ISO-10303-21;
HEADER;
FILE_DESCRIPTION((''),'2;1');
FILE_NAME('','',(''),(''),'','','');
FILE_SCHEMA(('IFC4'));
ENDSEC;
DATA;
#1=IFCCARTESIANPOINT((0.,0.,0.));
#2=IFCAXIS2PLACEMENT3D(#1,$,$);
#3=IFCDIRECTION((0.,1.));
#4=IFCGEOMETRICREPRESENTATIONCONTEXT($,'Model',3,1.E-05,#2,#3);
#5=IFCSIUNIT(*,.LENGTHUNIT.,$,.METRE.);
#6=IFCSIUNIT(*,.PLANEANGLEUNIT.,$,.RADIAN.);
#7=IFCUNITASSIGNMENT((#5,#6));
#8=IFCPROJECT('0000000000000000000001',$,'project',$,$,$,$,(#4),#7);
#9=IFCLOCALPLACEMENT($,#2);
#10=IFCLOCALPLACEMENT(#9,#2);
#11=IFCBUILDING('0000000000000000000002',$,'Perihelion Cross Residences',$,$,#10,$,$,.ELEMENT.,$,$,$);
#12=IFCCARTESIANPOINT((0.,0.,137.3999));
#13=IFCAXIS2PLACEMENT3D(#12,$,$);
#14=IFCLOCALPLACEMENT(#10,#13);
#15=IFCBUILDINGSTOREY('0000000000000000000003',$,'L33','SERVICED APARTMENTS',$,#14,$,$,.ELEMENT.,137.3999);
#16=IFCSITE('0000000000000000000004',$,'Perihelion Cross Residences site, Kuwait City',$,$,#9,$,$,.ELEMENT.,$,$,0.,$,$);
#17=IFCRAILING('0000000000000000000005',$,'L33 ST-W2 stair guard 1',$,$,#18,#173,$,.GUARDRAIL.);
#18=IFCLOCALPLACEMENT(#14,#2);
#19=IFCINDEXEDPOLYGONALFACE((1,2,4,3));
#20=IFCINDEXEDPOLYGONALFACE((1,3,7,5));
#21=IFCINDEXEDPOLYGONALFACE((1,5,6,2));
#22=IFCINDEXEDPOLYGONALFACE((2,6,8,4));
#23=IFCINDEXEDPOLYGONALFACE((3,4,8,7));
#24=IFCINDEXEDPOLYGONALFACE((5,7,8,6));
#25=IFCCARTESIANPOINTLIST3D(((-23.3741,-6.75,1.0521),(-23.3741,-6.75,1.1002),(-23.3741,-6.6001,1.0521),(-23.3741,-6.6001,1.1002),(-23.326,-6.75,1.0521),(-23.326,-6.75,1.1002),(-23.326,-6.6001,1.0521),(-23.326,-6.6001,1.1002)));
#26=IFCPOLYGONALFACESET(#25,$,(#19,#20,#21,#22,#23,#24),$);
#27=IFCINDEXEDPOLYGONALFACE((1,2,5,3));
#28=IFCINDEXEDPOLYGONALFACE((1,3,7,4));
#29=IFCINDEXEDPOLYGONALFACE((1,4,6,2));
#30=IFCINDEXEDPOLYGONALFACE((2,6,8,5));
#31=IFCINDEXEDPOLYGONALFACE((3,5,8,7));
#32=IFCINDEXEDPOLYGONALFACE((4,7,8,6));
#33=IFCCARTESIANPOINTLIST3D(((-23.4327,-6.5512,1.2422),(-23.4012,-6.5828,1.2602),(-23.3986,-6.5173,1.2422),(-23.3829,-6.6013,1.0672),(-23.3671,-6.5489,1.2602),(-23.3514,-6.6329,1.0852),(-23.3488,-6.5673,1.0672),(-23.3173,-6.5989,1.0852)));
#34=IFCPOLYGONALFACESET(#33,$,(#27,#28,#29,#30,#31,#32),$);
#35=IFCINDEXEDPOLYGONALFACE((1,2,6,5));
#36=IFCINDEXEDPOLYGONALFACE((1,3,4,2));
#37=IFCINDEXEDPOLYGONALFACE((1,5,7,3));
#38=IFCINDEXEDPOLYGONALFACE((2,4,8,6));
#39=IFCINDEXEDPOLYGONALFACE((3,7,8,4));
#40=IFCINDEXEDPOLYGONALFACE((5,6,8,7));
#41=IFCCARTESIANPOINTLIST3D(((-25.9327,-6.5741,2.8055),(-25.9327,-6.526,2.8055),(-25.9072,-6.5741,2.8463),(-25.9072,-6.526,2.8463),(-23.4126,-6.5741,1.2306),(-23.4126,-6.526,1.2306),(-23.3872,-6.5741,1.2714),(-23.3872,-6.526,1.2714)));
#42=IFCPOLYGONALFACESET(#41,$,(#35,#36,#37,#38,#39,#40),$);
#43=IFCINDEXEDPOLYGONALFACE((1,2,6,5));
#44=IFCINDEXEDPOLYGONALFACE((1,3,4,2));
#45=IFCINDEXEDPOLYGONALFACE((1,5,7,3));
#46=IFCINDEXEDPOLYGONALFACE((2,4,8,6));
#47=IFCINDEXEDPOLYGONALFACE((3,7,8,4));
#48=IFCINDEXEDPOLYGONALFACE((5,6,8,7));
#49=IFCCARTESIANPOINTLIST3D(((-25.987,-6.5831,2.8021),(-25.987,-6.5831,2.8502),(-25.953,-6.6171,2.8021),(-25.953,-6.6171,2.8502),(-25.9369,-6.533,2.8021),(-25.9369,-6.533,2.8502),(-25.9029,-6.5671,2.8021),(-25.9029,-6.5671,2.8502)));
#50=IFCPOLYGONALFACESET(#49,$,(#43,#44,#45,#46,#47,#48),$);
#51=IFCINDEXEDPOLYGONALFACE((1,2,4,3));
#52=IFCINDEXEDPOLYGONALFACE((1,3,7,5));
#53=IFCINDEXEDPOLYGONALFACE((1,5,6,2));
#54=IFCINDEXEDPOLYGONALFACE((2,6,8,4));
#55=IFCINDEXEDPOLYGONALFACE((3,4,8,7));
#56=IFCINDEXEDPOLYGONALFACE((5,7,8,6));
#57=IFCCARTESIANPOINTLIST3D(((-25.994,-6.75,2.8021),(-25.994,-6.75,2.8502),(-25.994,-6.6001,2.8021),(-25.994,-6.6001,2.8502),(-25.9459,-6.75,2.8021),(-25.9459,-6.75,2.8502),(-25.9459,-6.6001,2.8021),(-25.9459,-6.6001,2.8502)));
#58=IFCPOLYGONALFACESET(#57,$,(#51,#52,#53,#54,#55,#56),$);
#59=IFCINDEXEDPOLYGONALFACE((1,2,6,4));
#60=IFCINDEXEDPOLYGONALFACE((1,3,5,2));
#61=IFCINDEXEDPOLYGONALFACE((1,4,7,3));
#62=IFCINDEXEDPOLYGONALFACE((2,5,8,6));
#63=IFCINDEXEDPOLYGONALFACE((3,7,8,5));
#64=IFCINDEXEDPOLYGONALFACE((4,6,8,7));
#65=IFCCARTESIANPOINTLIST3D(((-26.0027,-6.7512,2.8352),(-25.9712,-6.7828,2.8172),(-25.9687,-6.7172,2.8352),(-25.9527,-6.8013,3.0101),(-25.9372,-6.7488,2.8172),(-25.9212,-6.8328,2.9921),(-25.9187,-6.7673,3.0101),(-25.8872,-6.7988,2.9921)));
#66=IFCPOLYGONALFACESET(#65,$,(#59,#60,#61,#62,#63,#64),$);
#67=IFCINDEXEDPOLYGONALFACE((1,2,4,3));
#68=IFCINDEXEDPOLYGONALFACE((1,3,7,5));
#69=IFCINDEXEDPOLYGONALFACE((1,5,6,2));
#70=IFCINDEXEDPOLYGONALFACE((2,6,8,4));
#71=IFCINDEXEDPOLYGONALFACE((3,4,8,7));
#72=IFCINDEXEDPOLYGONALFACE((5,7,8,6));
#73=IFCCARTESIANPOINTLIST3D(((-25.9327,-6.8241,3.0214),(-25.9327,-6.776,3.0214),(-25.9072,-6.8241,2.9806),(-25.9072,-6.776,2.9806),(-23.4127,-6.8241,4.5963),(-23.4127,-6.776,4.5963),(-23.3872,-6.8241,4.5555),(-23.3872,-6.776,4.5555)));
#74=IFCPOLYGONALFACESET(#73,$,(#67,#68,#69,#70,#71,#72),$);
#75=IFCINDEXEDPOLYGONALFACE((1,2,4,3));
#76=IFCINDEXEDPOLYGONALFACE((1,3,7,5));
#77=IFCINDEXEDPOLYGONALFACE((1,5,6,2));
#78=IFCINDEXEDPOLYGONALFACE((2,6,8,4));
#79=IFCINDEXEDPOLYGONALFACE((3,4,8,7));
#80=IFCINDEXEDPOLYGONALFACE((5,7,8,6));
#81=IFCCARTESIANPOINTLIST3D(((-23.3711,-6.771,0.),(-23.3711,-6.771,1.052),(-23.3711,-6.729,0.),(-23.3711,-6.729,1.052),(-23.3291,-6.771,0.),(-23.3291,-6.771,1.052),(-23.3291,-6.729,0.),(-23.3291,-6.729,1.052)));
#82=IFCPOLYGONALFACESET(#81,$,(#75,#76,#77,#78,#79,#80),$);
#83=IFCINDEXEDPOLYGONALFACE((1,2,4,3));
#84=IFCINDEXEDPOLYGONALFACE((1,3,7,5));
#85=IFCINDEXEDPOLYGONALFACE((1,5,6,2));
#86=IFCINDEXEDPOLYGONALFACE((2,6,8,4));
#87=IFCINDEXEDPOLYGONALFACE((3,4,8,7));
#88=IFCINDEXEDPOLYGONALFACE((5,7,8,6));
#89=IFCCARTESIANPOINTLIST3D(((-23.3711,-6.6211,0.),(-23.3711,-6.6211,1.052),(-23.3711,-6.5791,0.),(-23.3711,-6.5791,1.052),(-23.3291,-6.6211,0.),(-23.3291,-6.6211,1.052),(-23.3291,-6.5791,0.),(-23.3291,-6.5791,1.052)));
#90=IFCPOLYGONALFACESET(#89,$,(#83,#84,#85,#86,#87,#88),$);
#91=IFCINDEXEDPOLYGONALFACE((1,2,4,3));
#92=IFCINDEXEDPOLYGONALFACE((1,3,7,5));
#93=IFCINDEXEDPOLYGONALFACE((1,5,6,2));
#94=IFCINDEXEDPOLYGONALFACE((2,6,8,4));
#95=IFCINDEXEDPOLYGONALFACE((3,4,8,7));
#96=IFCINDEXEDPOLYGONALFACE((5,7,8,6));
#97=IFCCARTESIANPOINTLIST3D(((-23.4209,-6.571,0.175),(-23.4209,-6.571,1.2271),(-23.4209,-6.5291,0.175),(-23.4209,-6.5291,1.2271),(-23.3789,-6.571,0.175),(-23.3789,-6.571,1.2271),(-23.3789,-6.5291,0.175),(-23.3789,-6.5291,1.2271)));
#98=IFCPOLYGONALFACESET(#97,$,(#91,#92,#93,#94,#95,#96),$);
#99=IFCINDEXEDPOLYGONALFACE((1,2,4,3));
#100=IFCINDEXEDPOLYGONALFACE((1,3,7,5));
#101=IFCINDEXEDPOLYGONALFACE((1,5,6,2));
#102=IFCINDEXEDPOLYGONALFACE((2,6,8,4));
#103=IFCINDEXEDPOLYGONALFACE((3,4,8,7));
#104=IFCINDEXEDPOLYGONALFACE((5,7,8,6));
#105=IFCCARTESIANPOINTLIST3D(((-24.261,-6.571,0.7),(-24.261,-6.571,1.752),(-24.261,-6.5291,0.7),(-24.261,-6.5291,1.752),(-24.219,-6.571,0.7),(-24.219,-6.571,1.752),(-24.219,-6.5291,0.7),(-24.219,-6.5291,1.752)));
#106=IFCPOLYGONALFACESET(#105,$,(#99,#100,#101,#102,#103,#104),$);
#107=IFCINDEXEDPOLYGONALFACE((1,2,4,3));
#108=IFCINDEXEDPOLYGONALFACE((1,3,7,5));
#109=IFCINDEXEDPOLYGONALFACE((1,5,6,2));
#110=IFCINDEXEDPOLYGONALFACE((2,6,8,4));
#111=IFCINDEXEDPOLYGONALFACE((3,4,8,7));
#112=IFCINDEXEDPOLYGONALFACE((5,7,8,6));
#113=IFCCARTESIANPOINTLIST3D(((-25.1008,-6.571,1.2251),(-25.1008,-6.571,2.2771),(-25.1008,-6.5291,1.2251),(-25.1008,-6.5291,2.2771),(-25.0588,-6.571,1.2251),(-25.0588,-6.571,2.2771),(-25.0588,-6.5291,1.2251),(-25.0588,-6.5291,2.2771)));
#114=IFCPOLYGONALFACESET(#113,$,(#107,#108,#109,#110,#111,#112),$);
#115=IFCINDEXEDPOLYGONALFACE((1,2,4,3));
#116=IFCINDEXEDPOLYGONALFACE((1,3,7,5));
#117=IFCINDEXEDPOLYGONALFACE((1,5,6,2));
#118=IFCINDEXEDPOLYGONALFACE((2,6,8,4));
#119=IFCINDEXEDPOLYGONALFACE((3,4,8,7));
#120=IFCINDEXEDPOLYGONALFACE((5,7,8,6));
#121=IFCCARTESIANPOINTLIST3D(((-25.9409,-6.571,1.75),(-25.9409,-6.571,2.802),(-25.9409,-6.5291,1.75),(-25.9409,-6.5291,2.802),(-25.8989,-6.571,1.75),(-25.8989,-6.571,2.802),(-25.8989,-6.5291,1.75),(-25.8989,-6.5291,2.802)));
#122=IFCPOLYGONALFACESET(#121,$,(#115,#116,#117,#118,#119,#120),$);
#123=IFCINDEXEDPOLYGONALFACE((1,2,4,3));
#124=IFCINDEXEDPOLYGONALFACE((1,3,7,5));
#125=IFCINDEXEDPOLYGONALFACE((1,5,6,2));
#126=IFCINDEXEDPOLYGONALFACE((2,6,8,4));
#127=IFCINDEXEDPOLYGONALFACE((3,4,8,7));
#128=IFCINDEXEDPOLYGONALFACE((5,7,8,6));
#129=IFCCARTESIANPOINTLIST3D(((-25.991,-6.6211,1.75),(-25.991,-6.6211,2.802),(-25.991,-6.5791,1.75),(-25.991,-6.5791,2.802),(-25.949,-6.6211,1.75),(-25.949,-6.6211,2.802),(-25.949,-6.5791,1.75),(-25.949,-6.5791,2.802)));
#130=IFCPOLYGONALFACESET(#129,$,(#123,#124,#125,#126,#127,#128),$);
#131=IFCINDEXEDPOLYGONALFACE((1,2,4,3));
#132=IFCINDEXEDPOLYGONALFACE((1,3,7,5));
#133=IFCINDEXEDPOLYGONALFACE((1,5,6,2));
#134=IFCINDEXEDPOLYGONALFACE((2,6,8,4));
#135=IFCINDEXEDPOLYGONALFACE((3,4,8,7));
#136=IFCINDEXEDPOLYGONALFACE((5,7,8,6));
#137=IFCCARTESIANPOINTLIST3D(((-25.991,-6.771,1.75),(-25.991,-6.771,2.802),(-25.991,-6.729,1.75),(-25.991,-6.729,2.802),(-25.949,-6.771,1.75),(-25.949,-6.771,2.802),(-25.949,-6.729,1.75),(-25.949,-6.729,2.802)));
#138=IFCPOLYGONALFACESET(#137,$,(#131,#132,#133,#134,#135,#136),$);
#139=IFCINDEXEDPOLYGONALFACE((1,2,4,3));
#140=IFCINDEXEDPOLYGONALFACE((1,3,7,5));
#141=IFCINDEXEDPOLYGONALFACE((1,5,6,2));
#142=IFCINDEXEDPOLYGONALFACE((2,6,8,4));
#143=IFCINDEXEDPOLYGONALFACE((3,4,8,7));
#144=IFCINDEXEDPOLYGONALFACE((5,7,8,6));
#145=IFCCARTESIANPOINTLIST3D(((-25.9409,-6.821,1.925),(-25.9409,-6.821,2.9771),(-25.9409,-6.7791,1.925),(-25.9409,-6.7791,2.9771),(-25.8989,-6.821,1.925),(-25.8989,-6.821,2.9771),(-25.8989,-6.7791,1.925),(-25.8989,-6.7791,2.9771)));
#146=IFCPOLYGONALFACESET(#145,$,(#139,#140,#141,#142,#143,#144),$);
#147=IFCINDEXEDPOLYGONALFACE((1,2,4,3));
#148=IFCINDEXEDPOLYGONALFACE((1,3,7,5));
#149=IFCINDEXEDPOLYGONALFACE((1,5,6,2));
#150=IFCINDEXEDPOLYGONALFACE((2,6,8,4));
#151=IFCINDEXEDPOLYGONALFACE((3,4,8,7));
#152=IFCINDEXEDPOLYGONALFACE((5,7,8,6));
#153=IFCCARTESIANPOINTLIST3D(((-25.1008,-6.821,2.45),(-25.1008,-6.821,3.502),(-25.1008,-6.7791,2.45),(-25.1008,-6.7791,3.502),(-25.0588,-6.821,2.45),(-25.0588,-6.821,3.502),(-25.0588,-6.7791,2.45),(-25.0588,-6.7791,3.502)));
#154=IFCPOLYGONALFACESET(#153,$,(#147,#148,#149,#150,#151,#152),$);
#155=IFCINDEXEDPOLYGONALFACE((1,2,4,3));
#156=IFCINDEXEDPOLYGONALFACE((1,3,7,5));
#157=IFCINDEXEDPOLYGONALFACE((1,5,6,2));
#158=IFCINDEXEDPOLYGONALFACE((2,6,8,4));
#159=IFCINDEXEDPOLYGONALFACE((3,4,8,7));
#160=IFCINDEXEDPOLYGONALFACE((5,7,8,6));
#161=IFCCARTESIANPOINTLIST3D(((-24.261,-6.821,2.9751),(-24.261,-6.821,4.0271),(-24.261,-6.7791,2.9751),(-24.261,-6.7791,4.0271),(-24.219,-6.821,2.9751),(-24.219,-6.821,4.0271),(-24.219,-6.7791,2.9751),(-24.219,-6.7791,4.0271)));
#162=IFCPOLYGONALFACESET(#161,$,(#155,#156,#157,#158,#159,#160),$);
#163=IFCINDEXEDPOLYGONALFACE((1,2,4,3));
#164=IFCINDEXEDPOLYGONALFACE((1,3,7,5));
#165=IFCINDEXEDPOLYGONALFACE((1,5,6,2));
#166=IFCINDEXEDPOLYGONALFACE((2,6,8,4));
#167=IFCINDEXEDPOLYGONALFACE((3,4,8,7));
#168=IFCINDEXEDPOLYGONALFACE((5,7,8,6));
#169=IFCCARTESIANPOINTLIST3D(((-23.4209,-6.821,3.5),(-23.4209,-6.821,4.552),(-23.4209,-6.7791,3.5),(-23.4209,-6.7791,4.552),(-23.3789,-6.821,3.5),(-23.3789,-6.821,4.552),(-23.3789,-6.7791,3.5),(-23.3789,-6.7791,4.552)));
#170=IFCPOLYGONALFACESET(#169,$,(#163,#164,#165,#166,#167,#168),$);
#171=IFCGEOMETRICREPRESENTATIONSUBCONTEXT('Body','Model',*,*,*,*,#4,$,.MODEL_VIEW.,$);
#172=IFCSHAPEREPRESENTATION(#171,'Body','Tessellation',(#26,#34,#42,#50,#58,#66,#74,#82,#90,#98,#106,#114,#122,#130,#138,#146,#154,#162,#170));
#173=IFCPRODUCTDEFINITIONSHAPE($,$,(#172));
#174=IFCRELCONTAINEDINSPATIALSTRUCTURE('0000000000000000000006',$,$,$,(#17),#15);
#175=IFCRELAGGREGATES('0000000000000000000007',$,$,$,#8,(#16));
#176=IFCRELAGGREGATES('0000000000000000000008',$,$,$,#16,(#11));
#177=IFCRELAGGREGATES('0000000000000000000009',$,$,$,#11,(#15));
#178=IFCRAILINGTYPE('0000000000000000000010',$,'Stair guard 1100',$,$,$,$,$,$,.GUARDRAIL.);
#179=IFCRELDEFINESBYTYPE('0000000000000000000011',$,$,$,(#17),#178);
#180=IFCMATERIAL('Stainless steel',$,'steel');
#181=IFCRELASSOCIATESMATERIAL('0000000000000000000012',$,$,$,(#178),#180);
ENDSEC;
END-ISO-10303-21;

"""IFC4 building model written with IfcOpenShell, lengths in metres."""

from ifc_helpers import new_model, si_unit, direction, frame, origin, origin_2d, place, context, subcontext, project, spatial, rectangle, extrude, material, type_object, element, save


model = new_model("IFC4")

# Units and contexts
model_context = context("Model", 3, precision=1e-05, world=origin(), true_north=direction((0.0, 1.0)))
body_context = subcontext(model_context, "Body", "Model", "MODEL_VIEW")
ifc_project = project(units=[si_unit("LENGTHUNIT", "METRE"), si_unit("PLANEANGLEUNIT", "RADIAN")], contexts=[model_context])

# Site, building, storey
site_placement = place(None, origin())
site = spatial("IfcSite", under=ifc_project, at=site_placement, Name="Perihelion Cross Residences site, Kuwait City", CompositionType="ELEMENT", RefElevation=0.0)
building_placement = place(site_placement, origin())
building = spatial("IfcBuilding", under=site, at=building_placement, Name="Perihelion Cross Residences", CompositionType="ELEMENT")
storey_placement = place(building_placement, frame((0.0, 0.0, 137.3999)))
storey = spatial("IfcBuildingStorey", under=building, at=storey_placement, Name="L33", Description="SERVICED APARTMENTS", CompositionType="ELEMENT", Elevation=137.3999)

# Railing
ifc_material_1 = material(Name="Stainless steel", Category="steel")
railing_type_1 = type_object("IfcRailingType", Name="Stair guard 1100", PredefinedType="GUARDRAIL", material=ifc_material_1)
railing_1_placement = place(storey_placement, frame((-23.3501, -6.75, 0.0)))
element("IfcRailing", 1, at=railing_1_placement, inside=storey, type_object=railing_type_1, Name="L33 ST-W2 stair guard 1", PredefinedType="GUARDRAIL", context=body_context, shape_type="SweptSolid", body=[
    extrude(rectangle(XDim=0.0481, YDim=0.0481, at=origin_2d()), frame((0.0, 0.0, 1.0762), z_axis=(0.0, 1.0, 0.0), x_axis=(-1.0, 0.0, 0.0)), (0.0, 0.0, 1.0), 0.1499),
    extrude(rectangle(XDim=0.0481, YDim=0.0481, at=origin_2d()), frame((0.0, 0.1499, 1.0762), z_axis=(-0.263862, 0.265156, 0.927399), x_axis=(-0.708834, -0.705376, 0.0)), (0.0, 0.0, 1.0), 0.1887),
    extrude(rectangle(XDim=0.0481, YDim=0.0481, at=origin_2d()), frame((-0.0498, 0.2, 1.251), z_axis=(-0.848008, 0.0, 0.529984), x_axis=(0.0, -1.0, 0.0)), (0.0, 0.0, 1.0), 2.9717),
    extrude(rectangle(XDim=0.0481, YDim=0.0481, at=origin_2d()), frame((-2.5698, 0.2, 2.8262), z_axis=(-0.707107, -0.707107, 0.0), x_axis=(0.707107, -0.707107, 0.0)), (0.0, 0.0, 1.0), 0.0708),
    extrude(rectangle(XDim=0.0481, YDim=0.0481, at=origin_2d()), frame((-2.6199, 0.1499, 2.8262), z_axis=(0.0, -1.0, 0.0), x_axis=(1.0, 0.0, 0.0)), (0.0, 0.0, 1.0), 0.1499),
    extrude(rectangle(XDim=0.0481, YDim=0.0481, at=origin_2d()), frame((-2.6199, 0.0, 2.8262), z_axis=(0.265065, -0.265065, 0.927082), x_axis=(0.707107, 0.707107, 0.0)), (0.0, 0.0, 1.0), 0.1887),
    extrude(rectangle(XDim=0.0481, YDim=0.0481, at=origin_2d()), frame((-2.5698, -0.05, 3.001), z_axis=(0.848008, 0.0, 0.529984), x_axis=(0.0, 1.0, 0.0)), (0.0, 0.0, 1.0), 2.9717),
    extrude(rectangle(XDim=0.042, YDim=0.042, at=origin_2d()), origin(), (0.0, 0.0, 1.0), 1.052),
    extrude(rectangle(XDim=0.042, YDim=0.042, at=origin_2d()), frame((0.0, 0.1499, 0.0)), (0.0, 0.0, 1.0), 1.052),
    extrude(rectangle(XDim=0.042, YDim=0.042, at=origin_2d()), frame((-0.0498, 0.2, 0.175)), (0.0, 0.0, 1.0), 1.052),
    extrude(rectangle(XDim=0.042, YDim=0.042, at=origin_2d()), frame((-0.8899, 0.2, 0.7)), (0.0, 0.0, 1.0), 1.052),
    extrude(rectangle(XDim=0.042, YDim=0.042, at=origin_2d()), frame((-1.7297, 0.2, 1.2251)), (0.0, 0.0, 1.0), 1.052),
    extrude(rectangle(XDim=0.042, YDim=0.042, at=origin_2d()), frame((-2.5698, 0.2, 1.75)), (0.0, 0.0, 1.0), 1.052),
    extrude(rectangle(XDim=0.042, YDim=0.042, at=origin_2d()), frame((-2.6199, 0.1499, 1.75)), (0.0, 0.0, 1.0), 1.052),
    extrude(rectangle(XDim=0.042, YDim=0.042, at=origin_2d()), frame((-2.6199, 0.0, 1.75)), (0.0, 0.0, 1.0), 1.052),
    extrude(rectangle(XDim=0.042, YDim=0.042, at=origin_2d()), frame((-2.5698, -0.05, 1.925)), (0.0, 0.0, 1.0), 1.052),
    extrude(rectangle(XDim=0.042, YDim=0.042, at=origin_2d()), frame((-1.7297, -0.05, 2.45)), (0.0, 0.0, 1.0), 1.052),
    extrude(rectangle(XDim=0.042, YDim=0.042, at=origin_2d()), frame((-0.8899, -0.05, 2.9751)), (0.0, 0.0, 1.0), 1.052),
    extrude(rectangle(XDim=0.042, YDim=0.042, at=origin_2d()), frame((-0.0498, -0.05, 3.5)), (0.0, 0.0, 1.0), 1.052),
])

save(model, "model.ifc")
